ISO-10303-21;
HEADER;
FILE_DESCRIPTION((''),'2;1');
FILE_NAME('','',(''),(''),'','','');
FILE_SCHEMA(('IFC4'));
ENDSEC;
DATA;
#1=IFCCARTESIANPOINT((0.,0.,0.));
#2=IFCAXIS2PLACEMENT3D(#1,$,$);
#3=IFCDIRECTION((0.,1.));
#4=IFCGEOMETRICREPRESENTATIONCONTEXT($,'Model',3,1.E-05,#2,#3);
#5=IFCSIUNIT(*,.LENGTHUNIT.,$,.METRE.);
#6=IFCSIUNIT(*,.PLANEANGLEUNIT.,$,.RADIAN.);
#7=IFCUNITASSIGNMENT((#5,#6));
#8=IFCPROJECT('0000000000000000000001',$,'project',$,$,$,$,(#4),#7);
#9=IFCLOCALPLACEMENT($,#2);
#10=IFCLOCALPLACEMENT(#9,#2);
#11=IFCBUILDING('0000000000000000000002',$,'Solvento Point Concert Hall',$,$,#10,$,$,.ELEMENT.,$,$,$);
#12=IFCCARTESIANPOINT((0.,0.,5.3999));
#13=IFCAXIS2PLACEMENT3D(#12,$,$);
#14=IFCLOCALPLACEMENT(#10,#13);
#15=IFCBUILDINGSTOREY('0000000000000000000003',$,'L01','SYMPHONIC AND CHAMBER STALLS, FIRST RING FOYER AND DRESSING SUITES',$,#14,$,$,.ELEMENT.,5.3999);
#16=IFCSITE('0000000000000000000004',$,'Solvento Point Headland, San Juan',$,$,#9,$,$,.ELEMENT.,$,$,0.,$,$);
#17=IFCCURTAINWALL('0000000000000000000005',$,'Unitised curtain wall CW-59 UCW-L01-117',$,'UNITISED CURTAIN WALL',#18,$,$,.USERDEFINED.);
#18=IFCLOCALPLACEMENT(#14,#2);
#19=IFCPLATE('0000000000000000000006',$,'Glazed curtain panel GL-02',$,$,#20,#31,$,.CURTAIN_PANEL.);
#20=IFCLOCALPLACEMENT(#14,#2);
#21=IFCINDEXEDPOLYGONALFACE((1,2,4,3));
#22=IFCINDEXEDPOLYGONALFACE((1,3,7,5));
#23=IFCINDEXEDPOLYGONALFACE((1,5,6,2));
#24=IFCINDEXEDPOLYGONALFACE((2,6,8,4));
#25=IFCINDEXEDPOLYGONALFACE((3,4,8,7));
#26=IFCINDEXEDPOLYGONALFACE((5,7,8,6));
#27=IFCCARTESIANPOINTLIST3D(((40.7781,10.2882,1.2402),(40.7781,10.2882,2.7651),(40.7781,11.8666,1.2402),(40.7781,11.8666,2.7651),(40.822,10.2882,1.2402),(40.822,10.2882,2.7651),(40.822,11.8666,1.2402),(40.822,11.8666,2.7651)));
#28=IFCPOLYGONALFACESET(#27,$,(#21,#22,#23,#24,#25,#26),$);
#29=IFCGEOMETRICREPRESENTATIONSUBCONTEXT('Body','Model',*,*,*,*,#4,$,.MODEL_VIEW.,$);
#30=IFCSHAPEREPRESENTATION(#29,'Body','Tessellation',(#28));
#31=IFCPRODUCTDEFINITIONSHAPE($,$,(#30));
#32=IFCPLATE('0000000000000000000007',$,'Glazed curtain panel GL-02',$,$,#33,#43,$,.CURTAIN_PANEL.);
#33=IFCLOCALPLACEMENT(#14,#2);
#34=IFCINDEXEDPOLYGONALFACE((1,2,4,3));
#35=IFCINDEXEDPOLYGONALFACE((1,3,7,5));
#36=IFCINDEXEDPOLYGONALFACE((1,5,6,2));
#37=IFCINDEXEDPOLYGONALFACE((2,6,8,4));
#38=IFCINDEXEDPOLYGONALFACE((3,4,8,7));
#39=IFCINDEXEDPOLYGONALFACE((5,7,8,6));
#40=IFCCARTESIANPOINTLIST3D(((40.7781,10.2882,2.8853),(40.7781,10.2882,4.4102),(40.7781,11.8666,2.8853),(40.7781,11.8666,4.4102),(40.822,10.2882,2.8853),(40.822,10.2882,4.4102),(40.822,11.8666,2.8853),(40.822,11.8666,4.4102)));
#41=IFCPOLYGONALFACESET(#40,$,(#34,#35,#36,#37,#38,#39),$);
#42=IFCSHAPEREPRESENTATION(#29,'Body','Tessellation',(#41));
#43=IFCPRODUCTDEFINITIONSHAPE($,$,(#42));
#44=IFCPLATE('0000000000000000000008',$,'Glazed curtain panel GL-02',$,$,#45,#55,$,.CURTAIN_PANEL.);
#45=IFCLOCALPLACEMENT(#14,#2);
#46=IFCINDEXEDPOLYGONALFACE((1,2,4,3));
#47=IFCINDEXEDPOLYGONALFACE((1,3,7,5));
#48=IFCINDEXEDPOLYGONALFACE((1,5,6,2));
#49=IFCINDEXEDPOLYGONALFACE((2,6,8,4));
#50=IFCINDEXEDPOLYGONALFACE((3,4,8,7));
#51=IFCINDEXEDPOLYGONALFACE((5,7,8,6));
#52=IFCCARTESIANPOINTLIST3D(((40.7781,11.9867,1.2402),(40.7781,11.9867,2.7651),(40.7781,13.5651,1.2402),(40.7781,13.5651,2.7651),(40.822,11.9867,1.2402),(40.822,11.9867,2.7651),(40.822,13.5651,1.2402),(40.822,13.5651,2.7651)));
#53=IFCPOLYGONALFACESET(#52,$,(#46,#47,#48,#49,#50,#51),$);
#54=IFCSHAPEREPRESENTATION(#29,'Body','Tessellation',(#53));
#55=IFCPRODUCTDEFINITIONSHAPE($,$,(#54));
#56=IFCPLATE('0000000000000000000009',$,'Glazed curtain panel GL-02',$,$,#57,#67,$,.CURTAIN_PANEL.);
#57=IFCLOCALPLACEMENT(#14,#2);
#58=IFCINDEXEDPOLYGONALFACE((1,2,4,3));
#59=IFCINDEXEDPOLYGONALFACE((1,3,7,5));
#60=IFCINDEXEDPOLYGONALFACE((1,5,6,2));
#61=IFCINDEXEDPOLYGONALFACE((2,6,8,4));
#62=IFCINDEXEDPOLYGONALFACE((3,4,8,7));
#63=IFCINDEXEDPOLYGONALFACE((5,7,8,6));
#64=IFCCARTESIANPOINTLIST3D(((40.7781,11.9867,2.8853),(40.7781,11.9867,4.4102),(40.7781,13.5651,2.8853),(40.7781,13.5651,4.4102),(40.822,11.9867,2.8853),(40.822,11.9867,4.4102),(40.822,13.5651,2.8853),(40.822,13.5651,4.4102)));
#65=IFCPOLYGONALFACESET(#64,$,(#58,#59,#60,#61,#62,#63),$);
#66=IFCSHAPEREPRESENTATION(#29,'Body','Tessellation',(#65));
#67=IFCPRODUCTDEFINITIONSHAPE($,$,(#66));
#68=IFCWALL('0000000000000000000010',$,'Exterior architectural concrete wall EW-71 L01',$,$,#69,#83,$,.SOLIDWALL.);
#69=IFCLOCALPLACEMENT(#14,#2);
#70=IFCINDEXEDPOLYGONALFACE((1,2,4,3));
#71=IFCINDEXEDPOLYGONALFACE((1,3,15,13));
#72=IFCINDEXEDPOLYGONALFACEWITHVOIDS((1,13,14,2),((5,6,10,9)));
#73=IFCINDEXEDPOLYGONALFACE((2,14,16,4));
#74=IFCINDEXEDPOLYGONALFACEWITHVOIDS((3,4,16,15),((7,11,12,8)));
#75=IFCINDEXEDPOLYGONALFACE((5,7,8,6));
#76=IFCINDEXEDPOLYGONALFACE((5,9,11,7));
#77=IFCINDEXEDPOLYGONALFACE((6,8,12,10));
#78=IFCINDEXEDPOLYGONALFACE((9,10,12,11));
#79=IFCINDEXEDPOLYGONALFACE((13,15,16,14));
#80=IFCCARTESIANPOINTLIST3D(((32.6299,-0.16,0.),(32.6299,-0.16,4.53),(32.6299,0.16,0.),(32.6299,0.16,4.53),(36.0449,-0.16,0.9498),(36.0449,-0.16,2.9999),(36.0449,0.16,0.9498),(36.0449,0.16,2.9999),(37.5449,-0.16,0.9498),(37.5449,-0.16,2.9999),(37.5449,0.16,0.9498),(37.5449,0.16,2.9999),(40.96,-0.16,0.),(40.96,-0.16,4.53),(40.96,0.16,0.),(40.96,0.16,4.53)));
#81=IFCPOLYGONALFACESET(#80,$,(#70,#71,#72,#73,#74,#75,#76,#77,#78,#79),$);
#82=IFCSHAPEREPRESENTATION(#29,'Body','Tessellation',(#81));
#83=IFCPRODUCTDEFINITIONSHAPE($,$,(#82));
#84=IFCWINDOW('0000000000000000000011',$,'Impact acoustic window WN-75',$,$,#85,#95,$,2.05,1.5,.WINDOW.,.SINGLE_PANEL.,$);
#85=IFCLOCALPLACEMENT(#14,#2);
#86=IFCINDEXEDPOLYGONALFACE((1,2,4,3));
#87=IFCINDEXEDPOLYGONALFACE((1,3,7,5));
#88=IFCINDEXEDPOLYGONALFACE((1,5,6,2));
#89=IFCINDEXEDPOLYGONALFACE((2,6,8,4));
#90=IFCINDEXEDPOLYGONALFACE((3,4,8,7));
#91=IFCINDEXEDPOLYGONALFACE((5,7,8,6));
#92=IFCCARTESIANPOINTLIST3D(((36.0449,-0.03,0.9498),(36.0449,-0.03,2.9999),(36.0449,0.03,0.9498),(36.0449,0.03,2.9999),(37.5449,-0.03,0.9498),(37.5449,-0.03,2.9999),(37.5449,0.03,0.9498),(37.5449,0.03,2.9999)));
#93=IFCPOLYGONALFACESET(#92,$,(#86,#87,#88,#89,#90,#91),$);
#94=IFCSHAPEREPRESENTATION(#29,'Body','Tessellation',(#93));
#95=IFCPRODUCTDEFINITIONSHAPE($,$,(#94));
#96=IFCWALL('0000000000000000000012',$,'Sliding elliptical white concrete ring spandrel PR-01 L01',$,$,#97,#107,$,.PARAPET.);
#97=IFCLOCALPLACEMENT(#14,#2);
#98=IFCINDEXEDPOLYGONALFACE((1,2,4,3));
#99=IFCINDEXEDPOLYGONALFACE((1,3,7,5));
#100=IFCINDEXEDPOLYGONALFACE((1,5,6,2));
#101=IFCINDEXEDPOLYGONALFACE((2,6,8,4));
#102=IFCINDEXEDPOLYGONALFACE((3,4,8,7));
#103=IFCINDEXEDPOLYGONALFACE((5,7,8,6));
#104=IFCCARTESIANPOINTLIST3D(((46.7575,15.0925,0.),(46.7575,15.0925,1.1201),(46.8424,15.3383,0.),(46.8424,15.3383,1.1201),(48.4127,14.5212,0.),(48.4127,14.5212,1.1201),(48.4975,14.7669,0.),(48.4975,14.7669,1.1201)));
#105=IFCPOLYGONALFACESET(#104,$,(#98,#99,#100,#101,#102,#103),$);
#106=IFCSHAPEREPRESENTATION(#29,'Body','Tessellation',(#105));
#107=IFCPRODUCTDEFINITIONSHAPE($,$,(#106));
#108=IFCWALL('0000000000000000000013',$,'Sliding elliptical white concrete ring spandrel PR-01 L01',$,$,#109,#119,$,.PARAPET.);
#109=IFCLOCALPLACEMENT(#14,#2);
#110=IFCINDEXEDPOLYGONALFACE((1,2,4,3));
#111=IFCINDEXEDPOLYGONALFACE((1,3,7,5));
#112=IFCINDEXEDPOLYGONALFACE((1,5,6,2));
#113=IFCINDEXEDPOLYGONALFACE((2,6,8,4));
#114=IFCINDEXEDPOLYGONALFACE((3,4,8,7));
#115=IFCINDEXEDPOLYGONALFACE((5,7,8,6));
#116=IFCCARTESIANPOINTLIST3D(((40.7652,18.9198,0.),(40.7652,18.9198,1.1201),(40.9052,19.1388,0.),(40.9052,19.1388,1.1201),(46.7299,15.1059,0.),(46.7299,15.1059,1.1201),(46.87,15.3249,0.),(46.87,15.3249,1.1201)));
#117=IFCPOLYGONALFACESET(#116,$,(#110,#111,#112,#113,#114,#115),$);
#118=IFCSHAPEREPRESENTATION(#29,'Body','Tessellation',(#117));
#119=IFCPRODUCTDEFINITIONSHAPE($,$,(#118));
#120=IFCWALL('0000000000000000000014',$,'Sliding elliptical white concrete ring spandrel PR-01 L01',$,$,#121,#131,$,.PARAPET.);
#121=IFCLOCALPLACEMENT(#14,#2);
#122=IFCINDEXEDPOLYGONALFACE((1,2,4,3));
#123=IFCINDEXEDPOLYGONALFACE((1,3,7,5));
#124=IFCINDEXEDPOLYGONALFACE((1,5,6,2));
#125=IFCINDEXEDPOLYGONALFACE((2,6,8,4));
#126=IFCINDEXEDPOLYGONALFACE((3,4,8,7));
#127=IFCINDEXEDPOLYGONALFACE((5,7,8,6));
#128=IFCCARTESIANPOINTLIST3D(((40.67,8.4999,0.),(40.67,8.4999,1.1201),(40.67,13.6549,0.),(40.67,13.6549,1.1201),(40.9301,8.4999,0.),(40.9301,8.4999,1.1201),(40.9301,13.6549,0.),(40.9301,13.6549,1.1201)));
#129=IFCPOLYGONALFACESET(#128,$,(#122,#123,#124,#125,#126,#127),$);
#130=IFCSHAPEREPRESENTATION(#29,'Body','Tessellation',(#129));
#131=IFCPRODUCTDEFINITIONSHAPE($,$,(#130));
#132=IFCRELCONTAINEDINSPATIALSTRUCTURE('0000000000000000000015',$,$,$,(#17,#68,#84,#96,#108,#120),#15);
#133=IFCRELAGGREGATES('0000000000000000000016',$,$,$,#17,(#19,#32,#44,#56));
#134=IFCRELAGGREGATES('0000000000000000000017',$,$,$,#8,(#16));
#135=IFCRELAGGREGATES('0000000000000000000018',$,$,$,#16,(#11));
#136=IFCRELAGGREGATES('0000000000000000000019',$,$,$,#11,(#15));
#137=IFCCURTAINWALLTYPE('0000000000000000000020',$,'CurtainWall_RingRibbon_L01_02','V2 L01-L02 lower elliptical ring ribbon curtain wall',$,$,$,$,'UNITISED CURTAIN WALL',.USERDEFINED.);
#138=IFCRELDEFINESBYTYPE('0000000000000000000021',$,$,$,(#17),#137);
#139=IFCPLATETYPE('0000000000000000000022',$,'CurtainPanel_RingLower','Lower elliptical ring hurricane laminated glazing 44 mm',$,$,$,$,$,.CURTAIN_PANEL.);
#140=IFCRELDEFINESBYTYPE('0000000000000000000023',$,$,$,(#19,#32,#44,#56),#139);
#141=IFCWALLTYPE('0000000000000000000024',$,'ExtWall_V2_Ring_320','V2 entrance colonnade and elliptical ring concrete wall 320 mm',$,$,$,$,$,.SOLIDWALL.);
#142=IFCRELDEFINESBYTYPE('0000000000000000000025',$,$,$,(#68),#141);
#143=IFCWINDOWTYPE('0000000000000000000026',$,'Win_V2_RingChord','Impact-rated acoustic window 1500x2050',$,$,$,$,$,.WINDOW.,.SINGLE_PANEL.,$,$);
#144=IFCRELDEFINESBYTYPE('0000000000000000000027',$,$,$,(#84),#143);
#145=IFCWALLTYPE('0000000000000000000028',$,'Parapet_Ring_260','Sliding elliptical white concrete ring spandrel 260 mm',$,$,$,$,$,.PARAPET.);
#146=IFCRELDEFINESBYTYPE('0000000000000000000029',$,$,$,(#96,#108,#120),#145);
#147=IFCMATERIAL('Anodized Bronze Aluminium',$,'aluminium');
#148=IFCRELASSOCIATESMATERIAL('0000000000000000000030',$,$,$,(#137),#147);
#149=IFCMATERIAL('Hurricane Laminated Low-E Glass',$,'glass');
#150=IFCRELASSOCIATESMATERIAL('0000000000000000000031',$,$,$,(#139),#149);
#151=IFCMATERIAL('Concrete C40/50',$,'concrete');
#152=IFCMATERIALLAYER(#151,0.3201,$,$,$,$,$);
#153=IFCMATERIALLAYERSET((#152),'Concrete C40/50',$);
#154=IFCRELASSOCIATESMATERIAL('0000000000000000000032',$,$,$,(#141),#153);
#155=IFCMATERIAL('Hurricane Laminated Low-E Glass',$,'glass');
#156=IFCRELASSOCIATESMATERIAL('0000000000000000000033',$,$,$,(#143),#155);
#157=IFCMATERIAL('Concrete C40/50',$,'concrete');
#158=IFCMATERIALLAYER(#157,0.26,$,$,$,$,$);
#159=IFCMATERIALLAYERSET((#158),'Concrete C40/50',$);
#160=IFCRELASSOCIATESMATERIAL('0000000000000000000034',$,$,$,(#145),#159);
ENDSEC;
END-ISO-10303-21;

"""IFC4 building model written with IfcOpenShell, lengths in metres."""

from ifc_helpers import new_model, si_unit, direction, frame, frame_2d, origin, origin_2d, place, context, subcontext, project, spatial, rectangle, extrude, material, layer, layer_set, type_object, element, fill, aggregate, save


model = new_model("IFC4")

# Units and contexts
model_context = context("Model", 3, precision=1e-05, world=origin(), true_north=direction((0.0, 1.0)))
body_context = subcontext(model_context, "Body", "Model", "MODEL_VIEW")
ifc_project = project(units=[si_unit("LENGTHUNIT", "METRE"), si_unit("PLANEANGLEUNIT", "RADIAN")], contexts=[model_context])

# Site, building, storey
site_placement = place(None, origin())
site = spatial("IfcSite", under=ifc_project, at=site_placement, Name="Solvento Point Headland, San Juan", CompositionType="ELEMENT", RefElevation=0.0)
building_placement = place(site_placement, origin())
building = spatial("IfcBuilding", under=site, at=building_placement, Name="Solvento Point Concert Hall", CompositionType="ELEMENT")
storey_placement = place(building_placement, frame((0.0, 0.0, 5.3999)))
storey = spatial("IfcBuildingStorey", under=building, at=storey_placement, Name="L01", Description="SYMPHONIC AND CHAMBER STALLS, FIRST RING FOYER AND DRESSING SUITES", CompositionType="ELEMENT", Elevation=5.3999)

# Shared definitions
ifc_material_1 = material(Name="Anodized Bronze Aluminium", Category="aluminium")
curtain_wall_type = type_object("IfcCurtainWallType", Name="CurtainWall_RingRibbon_L01_02", Description="V2 L01-L02 lower elliptical ring ribbon curtain wall", ElementType="UNITISED CURTAIN WALL", PredefinedType="USERDEFINED", material=ifc_material_1)

# Curtain wall
curtain_wall_1_placement = place(storey_placement, origin())
curtain_wall_1 = element("IfcCurtainWall", 1, at=curtain_wall_1_placement, inside=storey, type_object=curtain_wall_type, Name="Unitised curtain wall CW-59 UCW-L01-117", ObjectType="UNITISED CURTAIN WALL", PredefinedType="USERDEFINED")

# Plates
ifc_material_2 = material(Name="Hurricane Laminated Low-E Glass", Category="glass")
plate_type = type_object("IfcPlateType", Name="CurtainPanel_RingLower", Description="Lower elliptical ring hurricane laminated glazing 44 mm", PredefinedType="CURTAIN_PANEL", material=ifc_material_2)
plate_1_placement = place(storey_placement, frame((40.8, 11.0774, 1.2402), z_axis=(0.0, 0.0, 1.0), x_axis=(0.0, 1.0, 0.0)))
plate_1 = element("IfcPlate", 2, at=plate_1_placement, type_object=plate_type, Name="Glazed curtain panel GL-02", PredefinedType="CURTAIN_PANEL", context=body_context, shape_type="SweptSolid", body=[
    extrude(rectangle(XDim=1.5784, YDim=0.0439, at=origin_2d()), origin(), (0.0, 0.0, 1.0), 1.5249),
])
plate_2_placement = place(storey_placement, frame((40.8, 11.0774, 2.8853), z_axis=(0.0, 0.0, 1.0), x_axis=(0.0, 1.0, 0.0)))
plate_2 = element("IfcPlate", 3, at=plate_2_placement, type_object=plate_type, Name="Glazed curtain panel GL-02", PredefinedType="CURTAIN_PANEL", context=body_context, shape_type="SweptSolid", body=[
    extrude(rectangle(XDim=1.5784, YDim=0.0439, at=origin_2d()), origin(), (0.0, 0.0, 1.0), 1.5249),
])
plate_3_placement = place(storey_placement, frame((40.8, 12.7759, 1.2402), z_axis=(0.0, 0.0, 1.0), x_axis=(0.0, 1.0, 0.0)))
plate_3 = element("IfcPlate", 4, at=plate_3_placement, type_object=plate_type, Name="Glazed curtain panel GL-02", PredefinedType="CURTAIN_PANEL", context=body_context, shape_type="SweptSolid", body=[
    extrude(rectangle(XDim=1.5784, YDim=0.0439, at=origin_2d()), origin(), (0.0, 0.0, 1.0), 1.5249),
])
plate_4_placement = place(storey_placement, frame((40.8, 12.7759, 2.8853), z_axis=(0.0, 0.0, 1.0), x_axis=(0.0, 1.0, 0.0)))
plate_4 = element("IfcPlate", 5, at=plate_4_placement, type_object=plate_type, Name="Glazed curtain panel GL-02", PredefinedType="CURTAIN_PANEL", context=body_context, shape_type="SweptSolid", body=[
    extrude(rectangle(XDim=1.5784, YDim=0.0439, at=origin_2d()), origin(), (0.0, 0.0, 1.0), 1.5249),
])
aggregate(curtain_wall_1, [plate_1, plate_2, plate_3, plate_4])

# Wall, opening, window
ifc_material_3 = material(Name="Concrete C40/50", Category="concrete")
ifc_layer_1 = layer(ifc_material_3, 0.3201)
ifc_layer_set_1 = layer_set([ifc_layer_1], Name="Concrete C40/50")
wall_type_1 = type_object("IfcWallType", Name="ExtWall_V2_Ring_320", Description="V2 entrance colonnade and elliptical ring concrete wall 320 mm", PredefinedType="SOLIDWALL", material=ifc_layer_set_1)
wall_1_placement = place(storey_placement, frame((40.96, 0.0, 0.0), z_axis=(0.0, 0.0, 1.0), x_axis=(-1.0, 0.0, 0.0)))
wall_1 = element("IfcWall", 6, at=wall_1_placement, inside=storey, type_object=wall_type_1, Name="Exterior architectural concrete wall EW-71 L01", PredefinedType="SOLIDWALL", context=body_context, shape_type="SweptSolid", body=[
    extrude(rectangle(XDim=8.3301, YDim=0.3201, at=frame_2d((4.165, 0.0))), origin(), (0.0, 0.0, 1.0), 4.53),
])
opening_placement = place(wall_1_placement, frame((3.415, 0.0, 0.95)))
opening = element("IfcOpeningElement", 7, at=opening_placement, cuts=wall_1, PredefinedType="OPENING", context=body_context, shape_type="SweptSolid", body=[
    extrude(rectangle(XDim=1.5, YDim=2.05, at=frame_2d((0.75, 1.0249))), frame((0.0, 0.1699, 0.0), z_axis=(0.0, -1.0, 0.0), x_axis=(1.0, 0.0, 0.0)), (0.0, 0.0, 1.0), 0.3401),
])
ifc_material_4 = material(Name="Hurricane Laminated Low-E Glass", Category="glass")
window_type = type_object("IfcWindowType", Name="Win_V2_RingChord", Description="Impact-rated acoustic window 1500x2050", PartitioningType="SINGLE_PANEL", PredefinedType="WINDOW", material=ifc_material_4)
window_placement = place(opening_placement, origin())
window = element("IfcWindow", 8, at=window_placement, inside=storey, type_object=window_type, Name="Impact acoustic window WN-75", OverallHeight=2.05, OverallWidth=1.5, PartitioningType="SINGLE_PANEL", PredefinedType="WINDOW", context=body_context, shape_type="SweptSolid", body=[
    extrude(rectangle(XDim=1.5, YDim=2.05, at=frame_2d((0.75, 1.0249))), frame((0.0, 0.03, 0.0), z_axis=(0.0, -1.0, 0.0), x_axis=(1.0, 0.0, 0.0)), (0.0, 0.0, 1.0), 0.0601),
])
fill(opening, window)

# Walls
ifc_material_5 = material(Name="Concrete C40/50", Category="concrete")
ifc_layer_2 = layer(ifc_material_5, 0.26)
ifc_layer_set_2 = layer_set([ifc_layer_2], Name="Concrete C40/50")
wall_type_2 = type_object("IfcWallType", Name="Parapet_Ring_260", Description="Sliding elliptical white concrete ring spandrel 260 mm", PredefinedType="PARAPET", material=ifc_layer_set_2)
wall_2_placement = place(storey_placement, frame((48.4551, 14.644, 0.0), z_axis=(0.0, 0.0, 1.0), x_axis=(-0.945269, 0.326291, 0.0)))
element("IfcWall", 9, at=wall_2_placement, inside=storey, type_object=wall_type_2, Name="Sliding elliptical white concrete ring spandrel PR-01 L01", PredefinedType="PARAPET", context=body_context, shape_type="SweptSolid", body=[
    extrude(rectangle(XDim=1.751, YDim=0.26, at=frame_2d((0.8755, 0.0))), origin(), (0.0, 0.0, 1.0), 1.1201),
])
wall_3_placement = place(storey_placement, frame((46.8, 15.2153, 0.0), z_axis=(0.0, 0.0, 1.0), x_axis=(-0.842498, 0.538699, 0.0)))
element("IfcWall", 10, at=wall_3_placement, inside=storey, type_object=wall_type_2, Name="Sliding elliptical white concrete ring spandrel PR-01 L01", PredefinedType="PARAPET", context=body_context, shape_type="SweptSolid", body=[
    extrude(rectangle(XDim=7.0798, YDim=0.26, at=frame_2d((3.54, 0.0))), origin(), (0.0, 0.0, 1.0), 1.1201),
])
wall_4_placement = place(storey_placement, frame((40.8, 13.655, 0.0), z_axis=(0.0, 0.0, 1.0), x_axis=(0.0, -1.0, 0.0)))
element("IfcWall", 11, at=wall_4_placement, inside=storey, type_object=wall_type_2, Name="Sliding elliptical white concrete ring spandrel PR-01 L01", PredefinedType="PARAPET", context=body_context, shape_type="SweptSolid", body=[
    extrude(rectangle(XDim=5.155, YDim=0.26, at=frame_2d((2.5776, 0.0))), origin(), (0.0, 0.0, 1.0), 1.1201),
])

save(model, "model.ifc")
